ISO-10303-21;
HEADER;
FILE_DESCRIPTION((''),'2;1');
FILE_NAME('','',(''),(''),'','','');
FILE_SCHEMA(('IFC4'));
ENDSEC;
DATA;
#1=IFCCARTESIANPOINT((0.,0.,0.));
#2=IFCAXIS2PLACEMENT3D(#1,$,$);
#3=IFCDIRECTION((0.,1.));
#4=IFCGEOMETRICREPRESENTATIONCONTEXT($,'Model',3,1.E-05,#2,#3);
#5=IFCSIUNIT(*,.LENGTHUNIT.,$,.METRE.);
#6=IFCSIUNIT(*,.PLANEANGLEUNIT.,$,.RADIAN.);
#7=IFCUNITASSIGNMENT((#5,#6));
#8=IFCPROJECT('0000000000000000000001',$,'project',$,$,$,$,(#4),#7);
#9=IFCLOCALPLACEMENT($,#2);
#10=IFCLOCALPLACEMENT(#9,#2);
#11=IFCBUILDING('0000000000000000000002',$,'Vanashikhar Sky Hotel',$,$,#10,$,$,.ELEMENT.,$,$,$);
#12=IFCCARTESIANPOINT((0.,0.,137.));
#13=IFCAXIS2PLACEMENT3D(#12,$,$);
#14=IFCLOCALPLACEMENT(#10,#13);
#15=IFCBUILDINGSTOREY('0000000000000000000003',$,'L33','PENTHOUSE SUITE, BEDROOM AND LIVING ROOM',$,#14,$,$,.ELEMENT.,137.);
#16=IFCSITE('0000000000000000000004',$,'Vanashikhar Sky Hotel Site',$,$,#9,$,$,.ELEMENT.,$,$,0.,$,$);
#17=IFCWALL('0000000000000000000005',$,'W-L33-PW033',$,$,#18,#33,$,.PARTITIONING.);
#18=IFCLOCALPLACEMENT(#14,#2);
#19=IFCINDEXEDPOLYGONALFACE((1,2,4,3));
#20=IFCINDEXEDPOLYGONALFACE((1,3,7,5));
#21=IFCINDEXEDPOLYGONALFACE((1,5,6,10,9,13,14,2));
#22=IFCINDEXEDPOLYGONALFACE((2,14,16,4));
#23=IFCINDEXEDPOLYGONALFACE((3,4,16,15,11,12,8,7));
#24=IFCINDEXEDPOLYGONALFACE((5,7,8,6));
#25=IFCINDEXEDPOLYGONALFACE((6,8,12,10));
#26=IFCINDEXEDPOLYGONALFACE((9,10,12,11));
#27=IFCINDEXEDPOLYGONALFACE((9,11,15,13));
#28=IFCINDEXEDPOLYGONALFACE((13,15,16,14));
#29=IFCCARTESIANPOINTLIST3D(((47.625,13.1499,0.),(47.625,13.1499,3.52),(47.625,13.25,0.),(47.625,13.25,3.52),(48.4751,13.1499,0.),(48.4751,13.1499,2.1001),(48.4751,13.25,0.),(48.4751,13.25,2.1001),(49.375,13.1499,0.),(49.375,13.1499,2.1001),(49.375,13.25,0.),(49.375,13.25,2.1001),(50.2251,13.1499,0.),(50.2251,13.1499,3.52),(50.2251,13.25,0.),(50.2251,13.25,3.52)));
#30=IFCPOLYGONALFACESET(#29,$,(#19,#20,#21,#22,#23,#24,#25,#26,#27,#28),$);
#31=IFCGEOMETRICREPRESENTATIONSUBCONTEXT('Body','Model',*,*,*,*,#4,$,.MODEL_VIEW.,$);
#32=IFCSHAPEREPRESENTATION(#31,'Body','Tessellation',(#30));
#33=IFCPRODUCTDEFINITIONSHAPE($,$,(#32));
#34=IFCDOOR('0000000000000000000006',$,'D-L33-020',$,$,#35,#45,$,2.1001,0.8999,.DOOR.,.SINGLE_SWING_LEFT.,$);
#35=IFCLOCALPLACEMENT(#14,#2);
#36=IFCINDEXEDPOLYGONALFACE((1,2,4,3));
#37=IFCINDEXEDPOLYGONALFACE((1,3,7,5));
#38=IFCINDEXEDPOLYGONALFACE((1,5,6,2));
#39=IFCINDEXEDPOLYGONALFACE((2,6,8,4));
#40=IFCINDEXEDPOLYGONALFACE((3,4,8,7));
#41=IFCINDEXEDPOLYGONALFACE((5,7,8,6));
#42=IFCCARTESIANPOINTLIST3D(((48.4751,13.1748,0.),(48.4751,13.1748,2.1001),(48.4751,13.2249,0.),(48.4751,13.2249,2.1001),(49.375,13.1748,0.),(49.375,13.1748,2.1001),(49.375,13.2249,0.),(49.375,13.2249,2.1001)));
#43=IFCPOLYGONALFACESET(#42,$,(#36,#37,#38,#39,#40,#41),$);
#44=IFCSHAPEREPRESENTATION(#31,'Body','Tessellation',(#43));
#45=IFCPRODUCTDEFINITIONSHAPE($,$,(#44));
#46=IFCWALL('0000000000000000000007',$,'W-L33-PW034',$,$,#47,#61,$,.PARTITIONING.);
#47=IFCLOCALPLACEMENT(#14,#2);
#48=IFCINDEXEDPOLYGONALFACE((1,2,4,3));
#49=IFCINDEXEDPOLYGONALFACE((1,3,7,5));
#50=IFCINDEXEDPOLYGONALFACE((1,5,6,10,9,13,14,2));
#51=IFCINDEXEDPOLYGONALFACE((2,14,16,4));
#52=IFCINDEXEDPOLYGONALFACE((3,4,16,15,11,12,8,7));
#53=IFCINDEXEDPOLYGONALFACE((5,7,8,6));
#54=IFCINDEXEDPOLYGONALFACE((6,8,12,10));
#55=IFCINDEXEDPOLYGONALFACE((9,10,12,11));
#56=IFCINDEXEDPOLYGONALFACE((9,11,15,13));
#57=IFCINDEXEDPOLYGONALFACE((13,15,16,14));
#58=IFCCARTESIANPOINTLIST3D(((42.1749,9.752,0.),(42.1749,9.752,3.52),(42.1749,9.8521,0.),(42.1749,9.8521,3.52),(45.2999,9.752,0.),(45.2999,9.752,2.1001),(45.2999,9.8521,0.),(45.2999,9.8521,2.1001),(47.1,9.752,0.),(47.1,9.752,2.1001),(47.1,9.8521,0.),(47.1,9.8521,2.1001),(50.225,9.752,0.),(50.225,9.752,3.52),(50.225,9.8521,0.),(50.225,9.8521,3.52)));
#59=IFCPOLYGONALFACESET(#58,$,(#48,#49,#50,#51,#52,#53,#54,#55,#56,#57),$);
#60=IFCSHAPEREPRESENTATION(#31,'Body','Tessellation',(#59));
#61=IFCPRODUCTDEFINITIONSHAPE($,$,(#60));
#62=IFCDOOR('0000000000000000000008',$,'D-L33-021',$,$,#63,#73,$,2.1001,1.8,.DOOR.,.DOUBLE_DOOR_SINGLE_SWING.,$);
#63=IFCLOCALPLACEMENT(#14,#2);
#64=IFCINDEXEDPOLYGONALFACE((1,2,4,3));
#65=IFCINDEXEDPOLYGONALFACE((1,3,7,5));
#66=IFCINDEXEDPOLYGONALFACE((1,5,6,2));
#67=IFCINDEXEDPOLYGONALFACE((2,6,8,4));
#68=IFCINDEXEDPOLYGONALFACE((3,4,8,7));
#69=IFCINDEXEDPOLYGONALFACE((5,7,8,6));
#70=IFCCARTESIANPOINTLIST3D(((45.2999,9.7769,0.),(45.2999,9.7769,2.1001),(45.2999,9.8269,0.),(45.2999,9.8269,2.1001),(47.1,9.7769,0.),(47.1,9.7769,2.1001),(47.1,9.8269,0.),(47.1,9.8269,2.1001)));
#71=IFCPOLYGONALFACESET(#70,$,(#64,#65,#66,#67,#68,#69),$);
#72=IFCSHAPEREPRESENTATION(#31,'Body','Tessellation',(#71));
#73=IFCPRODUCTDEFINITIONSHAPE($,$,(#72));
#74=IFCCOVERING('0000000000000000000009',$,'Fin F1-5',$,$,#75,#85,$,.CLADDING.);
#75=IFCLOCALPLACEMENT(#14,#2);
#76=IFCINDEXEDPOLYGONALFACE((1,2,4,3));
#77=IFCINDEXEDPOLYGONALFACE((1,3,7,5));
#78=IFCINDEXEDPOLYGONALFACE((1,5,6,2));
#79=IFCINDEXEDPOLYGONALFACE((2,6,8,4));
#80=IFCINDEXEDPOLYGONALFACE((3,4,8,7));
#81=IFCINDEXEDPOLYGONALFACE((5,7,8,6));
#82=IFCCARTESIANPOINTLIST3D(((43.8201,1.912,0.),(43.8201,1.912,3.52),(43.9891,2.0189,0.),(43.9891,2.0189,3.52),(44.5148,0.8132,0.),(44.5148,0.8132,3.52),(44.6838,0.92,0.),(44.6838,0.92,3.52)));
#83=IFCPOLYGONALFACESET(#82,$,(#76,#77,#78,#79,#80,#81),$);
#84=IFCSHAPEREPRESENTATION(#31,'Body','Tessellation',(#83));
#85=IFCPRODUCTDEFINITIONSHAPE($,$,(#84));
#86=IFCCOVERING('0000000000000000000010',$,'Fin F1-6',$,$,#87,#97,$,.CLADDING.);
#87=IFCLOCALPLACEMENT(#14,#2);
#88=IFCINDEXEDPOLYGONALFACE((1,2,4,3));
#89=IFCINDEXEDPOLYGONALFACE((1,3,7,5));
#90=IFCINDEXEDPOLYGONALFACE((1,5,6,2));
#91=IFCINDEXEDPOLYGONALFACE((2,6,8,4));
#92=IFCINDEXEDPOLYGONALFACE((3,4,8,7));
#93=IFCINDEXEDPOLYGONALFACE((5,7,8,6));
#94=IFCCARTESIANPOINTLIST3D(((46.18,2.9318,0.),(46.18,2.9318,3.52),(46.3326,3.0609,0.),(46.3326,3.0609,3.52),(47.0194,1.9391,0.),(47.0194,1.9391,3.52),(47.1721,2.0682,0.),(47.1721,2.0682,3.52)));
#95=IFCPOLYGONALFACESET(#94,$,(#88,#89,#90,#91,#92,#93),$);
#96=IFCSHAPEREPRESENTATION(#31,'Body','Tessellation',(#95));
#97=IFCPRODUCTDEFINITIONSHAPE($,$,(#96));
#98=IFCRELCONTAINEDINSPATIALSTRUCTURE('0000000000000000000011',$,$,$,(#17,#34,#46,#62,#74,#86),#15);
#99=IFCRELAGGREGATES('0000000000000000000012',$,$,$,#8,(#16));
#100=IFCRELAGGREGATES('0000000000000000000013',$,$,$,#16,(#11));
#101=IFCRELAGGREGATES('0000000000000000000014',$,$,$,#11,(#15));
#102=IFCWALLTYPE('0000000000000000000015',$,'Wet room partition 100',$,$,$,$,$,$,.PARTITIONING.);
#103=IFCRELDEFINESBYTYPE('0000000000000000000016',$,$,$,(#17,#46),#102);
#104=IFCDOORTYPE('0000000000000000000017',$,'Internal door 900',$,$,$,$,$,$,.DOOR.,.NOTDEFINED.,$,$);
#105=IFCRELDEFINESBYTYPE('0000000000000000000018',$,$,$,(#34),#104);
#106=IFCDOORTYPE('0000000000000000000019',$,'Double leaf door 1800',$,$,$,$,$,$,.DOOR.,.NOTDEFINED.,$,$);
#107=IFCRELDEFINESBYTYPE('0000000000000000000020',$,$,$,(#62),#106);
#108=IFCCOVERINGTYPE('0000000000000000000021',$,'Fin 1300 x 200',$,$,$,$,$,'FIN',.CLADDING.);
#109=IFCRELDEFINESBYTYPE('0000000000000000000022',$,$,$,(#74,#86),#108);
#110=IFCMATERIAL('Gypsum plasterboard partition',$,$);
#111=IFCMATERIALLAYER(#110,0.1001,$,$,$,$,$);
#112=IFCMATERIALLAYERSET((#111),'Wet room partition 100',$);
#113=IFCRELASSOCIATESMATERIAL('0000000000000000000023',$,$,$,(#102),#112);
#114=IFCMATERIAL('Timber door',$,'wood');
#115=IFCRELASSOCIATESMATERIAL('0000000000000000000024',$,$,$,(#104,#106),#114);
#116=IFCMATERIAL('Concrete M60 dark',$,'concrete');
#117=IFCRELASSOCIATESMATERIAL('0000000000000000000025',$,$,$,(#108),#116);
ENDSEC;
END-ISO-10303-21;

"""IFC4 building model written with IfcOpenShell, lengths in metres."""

from ifc_helpers import new_model, si_unit, direction, frame, frame_2d, origin, origin_2d, place, context, subcontext, project, spatial, rectangle, extrude, source, transform, mapped, material, layer, layer_set, material_profile, profile_set, type_object, element, fill, save


model = new_model("IFC4")

# Units and contexts
model_context = context("Model", 3, precision=1e-05, world=origin(), true_north=direction((0.0, 1.0)))
body_context = subcontext(model_context, "Body", "Model", "MODEL_VIEW")
ifc_project = project(units=[si_unit("LENGTHUNIT", "METRE"), si_unit("PLANEANGLEUNIT", "RADIAN")], contexts=[model_context])

# Site, building, storey
site_placement = place(None, origin())
site = spatial("IfcSite", under=ifc_project, at=site_placement, Name="Vanashikhar Sky Hotel Site", CompositionType="ELEMENT", RefElevation=0.0)
building_placement = place(site_placement, origin())
building = spatial("IfcBuilding", under=site, at=building_placement, Name="Vanashikhar Sky Hotel", CompositionType="ELEMENT")
storey_placement = place(building_placement, frame((0.0, 0.0, 137.0)))
storey = spatial("IfcBuildingStorey", under=building, at=storey_placement, Name="L33", Description="PENTHOUSE SUITE, BEDROOM AND LIVING ROOM", CompositionType="ELEMENT", Elevation=137.0)

# Shared definitions
ifc_material_1 = material(Name="Gypsum plasterboard partition")

# Shared definitions
ifc_layer_1 = layer(ifc_material_1, 0.1001)
ifc_layer_set_1 = layer_set([ifc_layer_1], Name="Wet room partition 100")
wall_type_1 = type_object("IfcWallType", Name="Wet room partition 100", PredefinedType="PARTITIONING", material=ifc_layer_set_1)
shared_shape_1 = source(origin(), body_context, "Body", "SweptSolid", [
    extrude(rectangle(XDim=0.8999, YDim=2.1001, at=frame_2d((0.45, 1.05))), frame((0.0, 0.0601, 0.0), z_axis=(0.0, -1.0, 0.0), x_axis=(1.0, 0.0, 0.0)), (0.0, 0.0, 1.0), 0.1201),
])
ifc_material_2 = material(Name="Timber door", Category="wood")
door_type_1 = type_object("IfcDoorType", Name="Internal door 900", OperationType="NOTDEFINED", PredefinedType="DOOR", material=ifc_material_2)
shared_shape_2 = source(origin(), body_context, "Body", "SweptSolid", [
    extrude(rectangle(XDim=0.8999, YDim=2.1001, at=frame_2d((0.45, 1.05))), frame((0.0, 0.0249, 0.0), z_axis=(0.0, -1.0, 0.0), x_axis=(1.0, 0.0, 0.0)), (0.0, 0.0, 1.0), 0.05),
])

# Walls, openings, doors
shared_shape_3 = source(origin(), body_context, "Body", "SweptSolid", [
    extrude(rectangle(XDim=2.6001, YDim=0.1001, at=frame_2d((1.3, 0.0))), origin(), (0.0, 0.0, 1.0), 3.52),
])
wall_1_placement = place(storey_placement, frame((47.625, 13.2, 0.0), z_axis=(0.0, 0.0, 1.0), x_axis=(1.0, 0.0, 0.0)))
wall_1 = element("IfcWall", 1, at=wall_1_placement, inside=storey, type_object=wall_type_1, Name="W-L33-PW033", PredefinedType="PARTITIONING", context=body_context, shape_type="MappedRepresentation", body=[
    mapped(shared_shape_3, transform((0.0, 0.0, 0.0), scale=1.0)),
])
opening_1_placement = place(wall_1_placement, frame((0.8501, 0.0, 0.0)))
opening_1 = element("IfcOpeningElement", 2, at=opening_1_placement, cuts=wall_1, PredefinedType="OPENING", context=body_context, shape_type="MappedRepresentation", body=[
    mapped(shared_shape_1, transform((0.0, 0.0, 0.0), scale=1.0)),
])
door_1_placement = place(opening_1_placement, origin())
door_1 = element("IfcDoor", 3, at=door_1_placement, inside=storey, type_object=door_type_1, Name="D-L33-020", OperationType="SINGLE_SWING_LEFT", OverallHeight=2.1001, OverallWidth=0.8999, PredefinedType="DOOR", context=body_context, shape_type="MappedRepresentation", body=[
    mapped(shared_shape_2, transform((0.0, 0.0, 0.0), scale=1.0)),
])
fill(opening_1, door_1)
shared_shape_4 = source(origin(), body_context, "Body", "SweptSolid", [
    extrude(rectangle(XDim=8.05, YDim=0.1001, at=frame_2d((4.0249, 0.0))), origin(), (0.0, 0.0, 1.0), 3.52),
])
wall_2_placement = place(storey_placement, frame((42.175, 9.802, 0.0), z_axis=(0.0, 0.0, 1.0), x_axis=(1.0, 0.0, 0.0)))
wall_2 = element("IfcWall", 4, at=wall_2_placement, inside=storey, type_object=wall_type_1, Name="W-L33-PW034", PredefinedType="PARTITIONING", context=body_context, shape_type="MappedRepresentation", body=[
    mapped(shared_shape_4, transform((0.0, 0.0, 0.0), scale=1.0)),
])
shared_shape_5 = source(origin(), body_context, "Body", "SweptSolid", [
    extrude(rectangle(XDim=1.8, YDim=2.1001, at=frame_2d((0.8999, 1.05))), frame((0.0, 0.0601, 0.0), z_axis=(0.0, -1.0, 0.0), x_axis=(1.0, 0.0, 0.0)), (0.0, 0.0, 1.0), 0.1201),
])
opening_2_placement = place(wall_2_placement, frame((3.125, 0.0, 0.0)))
opening_2 = element("IfcOpeningElement", 5, at=opening_2_placement, cuts=wall_2, PredefinedType="OPENING", context=body_context, shape_type="MappedRepresentation", body=[
    mapped(shared_shape_5, transform((0.0, 0.0, 0.0), scale=1.0)),
])
door_type_2 = type_object("IfcDoorType", Name="Double leaf door 1800", OperationType="NOTDEFINED", PredefinedType="DOOR", material=ifc_material_2)
shared_shape_6 = source(origin(), body_context, "Body", "SweptSolid", [
    extrude(rectangle(XDim=1.8, YDim=2.1001, at=frame_2d((0.8999, 1.05))), frame((0.0, 0.0249, 0.0), z_axis=(0.0, -1.0, 0.0), x_axis=(1.0, 0.0, 0.0)), (0.0, 0.0, 1.0), 0.05),
])
door_2_placement = place(opening_2_placement, origin())
door_2 = element("IfcDoor", 6, at=door_2_placement, inside=storey, type_object=door_type_2, Name="D-L33-021", OperationType="DOUBLE_DOOR_SINGLE_SWING", OverallHeight=2.1001, OverallWidth=1.8, PredefinedType="DOOR", context=body_context, shape_type="MappedRepresentation", body=[
    mapped(shared_shape_6, transform((0.0, 0.0, 0.0), scale=1.0)),
])
fill(opening_2, door_2)

# Coverings
ifc_material_3 = material(Name="Concrete M60 dark", Category="concrete")
ifc_material_profile = material_profile(ifc_material_3, rectangle(XDim=1.3, YDim=0.2, at=origin_2d()))
ifc_profile_set = profile_set([ifc_material_profile], Name="Fin 1300 x 200")
covering_type = type_object("IfcCoveringType", Name="Fin 1300 x 200", ElementType="FIN", PredefinedType="CLADDING", material=ifc_profile_set)
shared_shape_7 = source(origin(), body_context, "Body", "SweptSolid", [
    extrude(rectangle(XDim=1.3, YDim=0.2, at=origin_2d()), origin(), (0.0, 0.0, 1.0), 3.52),
])
for number, where, z_axis, x_axis, name in (
    (7, (44.252, 1.416, 0.0), (0.0, 0.0, 1.0), (0.534411, -0.845225, 0.0), "Fin F1-5"),
    (8, (46.676, 2.5, 0.0), (0.0, 0.0, 1.0), (0.645698, -0.763593, 0.0), "Fin F1-6"),
):
    element("IfcCovering", number, at=place(storey_placement, frame(where, z_axis=z_axis, x_axis=x_axis)), inside=storey, type_object=covering_type, Name=name, PredefinedType="CLADDING", context=body_context, shape_type="MappedRepresentation", body=[
        mapped(shared_shape_7, transform((0.0, 0.0, 0.0), scale=1.0)),
    ])

save(model, "model.ifc")
